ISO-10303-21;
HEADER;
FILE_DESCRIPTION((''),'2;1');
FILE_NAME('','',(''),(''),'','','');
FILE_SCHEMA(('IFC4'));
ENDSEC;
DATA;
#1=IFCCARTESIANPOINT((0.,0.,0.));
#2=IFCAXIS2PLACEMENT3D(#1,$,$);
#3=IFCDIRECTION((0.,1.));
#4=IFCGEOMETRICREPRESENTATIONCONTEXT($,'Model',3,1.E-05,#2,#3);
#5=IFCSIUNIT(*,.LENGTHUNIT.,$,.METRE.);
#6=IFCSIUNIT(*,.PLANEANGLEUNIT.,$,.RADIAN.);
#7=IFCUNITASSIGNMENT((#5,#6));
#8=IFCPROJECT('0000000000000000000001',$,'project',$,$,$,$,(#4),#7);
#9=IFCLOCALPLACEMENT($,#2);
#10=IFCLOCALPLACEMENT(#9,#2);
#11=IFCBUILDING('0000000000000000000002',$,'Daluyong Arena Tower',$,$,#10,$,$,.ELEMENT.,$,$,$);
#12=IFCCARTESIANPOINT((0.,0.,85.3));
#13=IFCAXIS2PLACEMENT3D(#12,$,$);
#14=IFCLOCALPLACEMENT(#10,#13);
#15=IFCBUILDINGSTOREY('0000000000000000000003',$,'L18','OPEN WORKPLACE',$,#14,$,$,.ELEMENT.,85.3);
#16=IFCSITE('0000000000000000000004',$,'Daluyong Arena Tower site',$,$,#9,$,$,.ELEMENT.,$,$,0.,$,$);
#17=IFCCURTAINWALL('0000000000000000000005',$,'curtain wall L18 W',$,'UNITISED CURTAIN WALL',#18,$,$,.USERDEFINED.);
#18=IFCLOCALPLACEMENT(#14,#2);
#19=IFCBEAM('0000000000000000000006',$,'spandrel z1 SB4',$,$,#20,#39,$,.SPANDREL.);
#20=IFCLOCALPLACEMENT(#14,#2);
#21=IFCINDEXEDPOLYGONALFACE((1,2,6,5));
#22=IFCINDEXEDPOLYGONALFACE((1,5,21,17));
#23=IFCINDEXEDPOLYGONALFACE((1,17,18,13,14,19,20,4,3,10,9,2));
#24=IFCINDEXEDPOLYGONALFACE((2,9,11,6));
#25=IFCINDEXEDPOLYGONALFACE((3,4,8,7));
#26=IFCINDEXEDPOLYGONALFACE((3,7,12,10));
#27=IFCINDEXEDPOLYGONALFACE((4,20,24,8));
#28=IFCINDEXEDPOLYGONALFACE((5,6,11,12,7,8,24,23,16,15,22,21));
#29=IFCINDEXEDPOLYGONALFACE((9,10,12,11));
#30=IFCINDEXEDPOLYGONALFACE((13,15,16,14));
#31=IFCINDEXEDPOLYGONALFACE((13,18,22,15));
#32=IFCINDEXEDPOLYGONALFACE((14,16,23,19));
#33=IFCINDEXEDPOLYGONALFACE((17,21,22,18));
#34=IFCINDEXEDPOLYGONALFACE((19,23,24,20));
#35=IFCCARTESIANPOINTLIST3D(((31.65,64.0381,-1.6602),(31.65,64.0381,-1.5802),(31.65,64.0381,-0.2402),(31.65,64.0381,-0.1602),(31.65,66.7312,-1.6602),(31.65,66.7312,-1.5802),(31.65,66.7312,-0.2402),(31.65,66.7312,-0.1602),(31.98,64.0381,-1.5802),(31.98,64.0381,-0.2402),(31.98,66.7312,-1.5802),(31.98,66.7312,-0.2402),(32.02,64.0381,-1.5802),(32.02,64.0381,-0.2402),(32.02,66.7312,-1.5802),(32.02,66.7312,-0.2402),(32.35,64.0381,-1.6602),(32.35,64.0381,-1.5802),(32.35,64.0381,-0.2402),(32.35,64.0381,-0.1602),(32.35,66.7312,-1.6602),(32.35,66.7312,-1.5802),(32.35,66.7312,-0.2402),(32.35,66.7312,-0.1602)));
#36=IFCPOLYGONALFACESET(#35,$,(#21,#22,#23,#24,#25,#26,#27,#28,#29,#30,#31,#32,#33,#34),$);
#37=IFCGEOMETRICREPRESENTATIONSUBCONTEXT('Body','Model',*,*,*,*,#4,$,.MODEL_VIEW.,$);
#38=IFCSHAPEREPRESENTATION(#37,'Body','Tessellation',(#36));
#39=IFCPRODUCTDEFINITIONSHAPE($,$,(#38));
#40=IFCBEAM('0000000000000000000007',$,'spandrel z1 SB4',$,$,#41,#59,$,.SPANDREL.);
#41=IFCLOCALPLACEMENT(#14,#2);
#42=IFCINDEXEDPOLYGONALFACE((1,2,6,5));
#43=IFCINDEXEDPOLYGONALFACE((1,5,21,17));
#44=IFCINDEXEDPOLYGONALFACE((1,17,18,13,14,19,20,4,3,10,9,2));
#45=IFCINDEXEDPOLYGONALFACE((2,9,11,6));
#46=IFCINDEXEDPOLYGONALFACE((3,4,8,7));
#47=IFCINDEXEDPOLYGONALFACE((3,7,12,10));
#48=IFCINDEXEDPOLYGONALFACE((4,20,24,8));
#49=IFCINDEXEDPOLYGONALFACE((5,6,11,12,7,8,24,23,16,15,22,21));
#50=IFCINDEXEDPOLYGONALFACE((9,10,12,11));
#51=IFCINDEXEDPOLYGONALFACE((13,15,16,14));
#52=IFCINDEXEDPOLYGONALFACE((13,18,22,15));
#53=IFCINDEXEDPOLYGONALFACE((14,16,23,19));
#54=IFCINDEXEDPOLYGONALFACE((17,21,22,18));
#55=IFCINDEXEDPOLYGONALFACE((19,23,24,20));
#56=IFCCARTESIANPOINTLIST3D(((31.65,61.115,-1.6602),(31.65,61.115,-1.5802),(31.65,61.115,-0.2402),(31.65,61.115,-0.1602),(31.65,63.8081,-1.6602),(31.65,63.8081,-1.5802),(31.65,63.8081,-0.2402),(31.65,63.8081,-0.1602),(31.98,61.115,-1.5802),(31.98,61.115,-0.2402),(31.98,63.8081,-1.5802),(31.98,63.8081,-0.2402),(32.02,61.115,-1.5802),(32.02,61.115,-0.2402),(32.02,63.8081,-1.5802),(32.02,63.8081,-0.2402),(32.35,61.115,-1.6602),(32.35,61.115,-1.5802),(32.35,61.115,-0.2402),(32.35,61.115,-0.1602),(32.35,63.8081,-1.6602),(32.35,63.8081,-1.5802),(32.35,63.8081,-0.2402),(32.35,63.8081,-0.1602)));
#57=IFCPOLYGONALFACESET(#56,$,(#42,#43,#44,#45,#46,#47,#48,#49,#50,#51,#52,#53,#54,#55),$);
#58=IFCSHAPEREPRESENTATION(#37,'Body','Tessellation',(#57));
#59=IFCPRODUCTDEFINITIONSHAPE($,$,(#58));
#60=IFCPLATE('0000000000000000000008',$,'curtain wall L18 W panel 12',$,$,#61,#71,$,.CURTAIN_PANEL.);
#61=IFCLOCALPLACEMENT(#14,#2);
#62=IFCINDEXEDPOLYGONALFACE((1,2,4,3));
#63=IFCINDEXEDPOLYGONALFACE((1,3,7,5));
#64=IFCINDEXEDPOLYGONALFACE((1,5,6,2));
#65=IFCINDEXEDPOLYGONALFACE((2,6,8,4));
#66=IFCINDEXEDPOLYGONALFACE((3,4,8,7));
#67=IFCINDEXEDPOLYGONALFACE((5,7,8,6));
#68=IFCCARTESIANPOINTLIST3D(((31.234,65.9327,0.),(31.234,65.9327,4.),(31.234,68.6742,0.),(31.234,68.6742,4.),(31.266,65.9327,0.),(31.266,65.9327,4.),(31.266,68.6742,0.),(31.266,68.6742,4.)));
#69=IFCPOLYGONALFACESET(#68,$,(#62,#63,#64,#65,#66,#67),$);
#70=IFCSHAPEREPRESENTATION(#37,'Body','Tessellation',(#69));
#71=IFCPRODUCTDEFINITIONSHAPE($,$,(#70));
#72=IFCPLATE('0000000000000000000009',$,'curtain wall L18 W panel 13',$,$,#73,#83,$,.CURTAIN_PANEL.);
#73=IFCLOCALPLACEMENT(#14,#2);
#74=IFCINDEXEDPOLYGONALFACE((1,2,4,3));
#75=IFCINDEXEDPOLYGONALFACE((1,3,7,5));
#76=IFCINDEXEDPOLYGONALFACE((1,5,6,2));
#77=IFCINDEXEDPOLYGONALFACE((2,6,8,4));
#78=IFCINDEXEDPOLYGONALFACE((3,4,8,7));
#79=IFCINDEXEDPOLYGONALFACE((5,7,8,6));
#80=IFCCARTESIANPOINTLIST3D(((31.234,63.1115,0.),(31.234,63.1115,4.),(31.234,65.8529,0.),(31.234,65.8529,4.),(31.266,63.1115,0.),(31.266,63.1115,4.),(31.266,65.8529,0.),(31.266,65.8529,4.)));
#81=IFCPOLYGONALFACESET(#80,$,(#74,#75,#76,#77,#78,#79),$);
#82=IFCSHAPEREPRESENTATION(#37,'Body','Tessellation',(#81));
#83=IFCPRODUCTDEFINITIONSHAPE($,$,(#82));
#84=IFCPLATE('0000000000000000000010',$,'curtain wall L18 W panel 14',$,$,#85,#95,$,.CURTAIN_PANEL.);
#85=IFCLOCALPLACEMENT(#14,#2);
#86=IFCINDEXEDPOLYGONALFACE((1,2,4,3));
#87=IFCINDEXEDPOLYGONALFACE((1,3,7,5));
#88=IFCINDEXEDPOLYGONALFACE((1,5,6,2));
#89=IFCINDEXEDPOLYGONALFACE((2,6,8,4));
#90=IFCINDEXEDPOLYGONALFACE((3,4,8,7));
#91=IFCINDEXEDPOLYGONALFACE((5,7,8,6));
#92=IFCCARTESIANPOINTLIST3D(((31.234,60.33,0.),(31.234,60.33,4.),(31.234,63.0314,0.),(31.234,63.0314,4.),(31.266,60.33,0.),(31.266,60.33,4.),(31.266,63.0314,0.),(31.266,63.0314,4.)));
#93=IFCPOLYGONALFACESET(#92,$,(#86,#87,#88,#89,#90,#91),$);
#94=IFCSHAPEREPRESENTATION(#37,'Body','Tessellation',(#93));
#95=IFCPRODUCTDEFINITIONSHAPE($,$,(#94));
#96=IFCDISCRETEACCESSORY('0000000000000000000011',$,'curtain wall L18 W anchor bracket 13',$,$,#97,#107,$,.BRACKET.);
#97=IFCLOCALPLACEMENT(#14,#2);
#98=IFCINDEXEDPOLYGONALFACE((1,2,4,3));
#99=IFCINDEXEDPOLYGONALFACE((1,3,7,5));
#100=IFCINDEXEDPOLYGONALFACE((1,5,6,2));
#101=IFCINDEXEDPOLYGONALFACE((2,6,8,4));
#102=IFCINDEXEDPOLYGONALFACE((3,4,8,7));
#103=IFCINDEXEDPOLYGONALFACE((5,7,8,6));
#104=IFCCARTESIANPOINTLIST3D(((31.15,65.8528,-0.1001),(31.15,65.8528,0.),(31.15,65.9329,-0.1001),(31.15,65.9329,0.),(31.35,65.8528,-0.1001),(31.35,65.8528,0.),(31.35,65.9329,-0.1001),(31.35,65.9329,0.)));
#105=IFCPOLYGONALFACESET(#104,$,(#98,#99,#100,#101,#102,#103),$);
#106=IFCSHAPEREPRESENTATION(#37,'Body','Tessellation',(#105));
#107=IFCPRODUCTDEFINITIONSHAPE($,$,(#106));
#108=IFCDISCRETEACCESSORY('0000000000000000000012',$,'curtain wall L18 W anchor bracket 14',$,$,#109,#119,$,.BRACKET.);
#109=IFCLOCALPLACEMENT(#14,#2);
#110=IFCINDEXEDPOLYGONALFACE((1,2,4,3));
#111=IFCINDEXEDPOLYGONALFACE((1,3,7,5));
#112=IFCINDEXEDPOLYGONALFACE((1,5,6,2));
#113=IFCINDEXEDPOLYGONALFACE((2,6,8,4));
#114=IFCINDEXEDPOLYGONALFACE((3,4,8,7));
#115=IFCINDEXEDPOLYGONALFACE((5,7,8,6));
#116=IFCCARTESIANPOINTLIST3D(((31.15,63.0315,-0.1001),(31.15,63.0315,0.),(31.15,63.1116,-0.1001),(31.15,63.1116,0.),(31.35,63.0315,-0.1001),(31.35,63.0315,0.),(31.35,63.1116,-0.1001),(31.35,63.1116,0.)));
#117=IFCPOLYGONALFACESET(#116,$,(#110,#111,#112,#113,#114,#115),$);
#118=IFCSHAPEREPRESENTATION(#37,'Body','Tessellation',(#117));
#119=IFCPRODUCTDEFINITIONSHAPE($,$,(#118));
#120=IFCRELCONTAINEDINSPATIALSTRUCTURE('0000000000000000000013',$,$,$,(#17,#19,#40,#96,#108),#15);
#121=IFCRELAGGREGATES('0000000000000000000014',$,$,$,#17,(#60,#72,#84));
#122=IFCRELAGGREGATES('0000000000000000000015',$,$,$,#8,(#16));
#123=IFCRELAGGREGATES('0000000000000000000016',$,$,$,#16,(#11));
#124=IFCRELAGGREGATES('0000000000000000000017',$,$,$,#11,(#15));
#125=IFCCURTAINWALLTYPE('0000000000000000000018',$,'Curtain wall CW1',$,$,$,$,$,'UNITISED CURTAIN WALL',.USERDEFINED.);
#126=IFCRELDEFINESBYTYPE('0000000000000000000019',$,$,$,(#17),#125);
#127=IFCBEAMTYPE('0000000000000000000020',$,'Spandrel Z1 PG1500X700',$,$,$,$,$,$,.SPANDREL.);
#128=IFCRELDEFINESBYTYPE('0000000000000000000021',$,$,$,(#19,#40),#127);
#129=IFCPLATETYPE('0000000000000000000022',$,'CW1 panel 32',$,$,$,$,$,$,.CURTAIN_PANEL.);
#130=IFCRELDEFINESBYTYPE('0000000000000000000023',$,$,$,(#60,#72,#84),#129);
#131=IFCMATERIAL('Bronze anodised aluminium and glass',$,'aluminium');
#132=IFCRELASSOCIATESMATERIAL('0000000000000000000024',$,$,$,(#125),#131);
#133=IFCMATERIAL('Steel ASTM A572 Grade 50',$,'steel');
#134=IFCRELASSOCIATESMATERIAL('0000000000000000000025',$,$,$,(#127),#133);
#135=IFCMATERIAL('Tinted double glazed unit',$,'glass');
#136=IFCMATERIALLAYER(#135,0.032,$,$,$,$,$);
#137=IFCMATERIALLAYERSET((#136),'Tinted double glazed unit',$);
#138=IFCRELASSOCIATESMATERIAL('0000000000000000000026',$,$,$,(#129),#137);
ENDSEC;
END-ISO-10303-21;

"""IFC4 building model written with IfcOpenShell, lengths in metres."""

from ifc_helpers import new_model, si_unit, direction, frame, origin, origin_2d, place, context, subcontext, project, spatial, rectangle, i_section, extrude, material, layer, layer_set, material_profile, profile_set, type_object, element, aggregate, save


model = new_model("IFC4")

# Units and contexts
model_context = context("Model", 3, precision=1e-05, world=origin(), true_north=direction((0.0, 1.0)))
body_context = subcontext(model_context, "Body", "Model", "MODEL_VIEW")
ifc_project = project(units=[si_unit("LENGTHUNIT", "METRE"), si_unit("PLANEANGLEUNIT", "RADIAN")], contexts=[model_context])

# Site, building, storey
site_placement = place(None, origin())
site = spatial("IfcSite", under=ifc_project, at=site_placement, Name="Daluyong Arena Tower site", CompositionType="ELEMENT", RefElevation=0.0)
building_placement = place(site_placement, origin())
building = spatial("IfcBuilding", under=site, at=building_placement, Name="Daluyong Arena Tower", CompositionType="ELEMENT")
storey_placement = place(building_placement, frame((0.0, 0.0, 85.3)))
storey = spatial("IfcBuildingStorey", under=building, at=storey_placement, Name="L18", Description="OPEN WORKPLACE", CompositionType="ELEMENT", Elevation=85.3)

# Curtain wall
ifc_material_1 = material(Name="Bronze anodised aluminium and glass", Category="aluminium")
curtain_wall_type_1 = type_object("IfcCurtainWallType", Name="Curtain wall CW1", ElementType="UNITISED CURTAIN WALL", PredefinedType="USERDEFINED", material=ifc_material_1)
curtain_wall_1_placement = place(storey_placement, origin())
curtain_wall_1 = element("IfcCurtainWall", 1, at=curtain_wall_1_placement, inside=storey, type_object=curtain_wall_type_1, Name="curtain wall L18 W", ObjectType="UNITISED CURTAIN WALL", PredefinedType="USERDEFINED")

# Beams
ifc_material_2 = material(Name="Steel ASTM A572 Grade 50", Category="steel")
ifc_material_profile_1 = material_profile(ifc_material_2, i_section(OverallWidth=0.7, OverallDepth=1.5, WebThickness=0.04, FlangeThickness=0.08, at=origin_2d()))
ifc_profile_set_1 = profile_set([ifc_material_profile_1], Name="Steel ASTM A572 Grade 50")
beam_type = type_object("IfcBeamType", Name="Spandrel Z1 PG1500X700", PredefinedType="SPANDREL", material=ifc_profile_set_1)
for number, where, z_axis, x_axis, name in (
    (2, (32.0, 66.7312, -0.9102), (0.0, -1.0, 0.0), (1.0, 0.0, 0.0), "spandrel z1 SB4"),
    (3, (32.0, 63.8081, -0.9102), (0.0, -1.0, 0.0), (1.0, 0.0, 0.0), "spandrel z1 SB4"),
):
    element("IfcBeam", number, at=place(storey_placement, frame(where, z_axis=z_axis, x_axis=x_axis)), inside=storey, type_object=beam_type, Name=name, PredefinedType="SPANDREL", context=body_context, shape_type="SweptSolid", body=[
        extrude(i_section(OverallWidth=0.7, OverallDepth=1.5, WebThickness=0.04, FlangeThickness=0.08, at=origin_2d()), origin(), (0.0, 0.0, 1.0), 2.6931),
    ])

# Plates
ifc_material_3 = material(Name="Tinted double glazed unit", Category="glass")
ifc_layer = layer(ifc_material_3, 0.032)
ifc_layer_set = layer_set([ifc_layer], Name="Tinted double glazed unit")
plate_type = type_object("IfcPlateType", Name="CW1 panel 32", PredefinedType="CURTAIN_PANEL", material=ifc_layer_set)
plate_1_placement = place(storey_placement, frame((31.25, 67.3035, 0.0), z_axis=(0.0, 0.0, 1.0), x_axis=(0.0, -1.0, 0.0)))
plate_1 = element("IfcPlate", 4, at=plate_1_placement, type_object=plate_type, Name="curtain wall L18 W panel 12", PredefinedType="CURTAIN_PANEL", context=body_context, shape_type="SweptSolid", body=[
    extrude(rectangle(XDim=2.7415, YDim=0.032, at=origin_2d()), origin(), (0.0, 0.0, 1.0), 4.0),
])
plate_2_placement = place(storey_placement, frame((31.25, 64.4822, 0.0), z_axis=(0.0, 0.0, 1.0), x_axis=(0.0, -1.0, 0.0)))
plate_2 = element("IfcPlate", 5, at=plate_2_placement, type_object=plate_type, Name="curtain wall L18 W panel 13", PredefinedType="CURTAIN_PANEL", context=body_context, shape_type="SweptSolid", body=[
    extrude(rectangle(XDim=2.7415, YDim=0.032, at=origin_2d()), origin(), (0.0, 0.0, 1.0), 4.0),
])
plate_3_placement = place(storey_placement, frame((31.25, 61.6807, 0.0), z_axis=(0.0, 0.0, 1.0), x_axis=(0.0, -1.0, 0.0)))
plate_3 = element("IfcPlate", 6, at=plate_3_placement, type_object=plate_type, Name="curtain wall L18 W panel 14", PredefinedType="CURTAIN_PANEL", context=body_context, shape_type="SweptSolid", body=[
    extrude(rectangle(XDim=2.7014, YDim=0.032, at=origin_2d()), origin(), (0.0, 0.0, 1.0), 4.0),
])
aggregate(curtain_wall_1, [plate_1, plate_2, plate_3])

# Discrete accessories
for number, where, z_axis, x_axis, name in (
    (7, (31.25, 65.8928, -0.1001), (0.0, 0.0, 1.0), (0.0, -1.0, 0.0), "curtain wall L18 W anchor bracket 13"),
    (8, (31.25, 63.0715, -0.1001), (0.0, 0.0, 1.0), (0.0, -1.0, 0.0), "curtain wall L18 W anchor bracket 14"),
):
    element("IfcDiscreteAccessory", number, at=place(storey_placement, frame(where, z_axis=z_axis, x_axis=x_axis)), inside=storey, Name=name, PredefinedType="BRACKET", context=body_context, shape_type="SweptSolid", body=[
        extrude(rectangle(XDim=0.0801, YDim=0.2, at=origin_2d()), origin(), (0.0, 0.0, 1.0), 0.1001),
    ])

save(model, "model.ifc")
